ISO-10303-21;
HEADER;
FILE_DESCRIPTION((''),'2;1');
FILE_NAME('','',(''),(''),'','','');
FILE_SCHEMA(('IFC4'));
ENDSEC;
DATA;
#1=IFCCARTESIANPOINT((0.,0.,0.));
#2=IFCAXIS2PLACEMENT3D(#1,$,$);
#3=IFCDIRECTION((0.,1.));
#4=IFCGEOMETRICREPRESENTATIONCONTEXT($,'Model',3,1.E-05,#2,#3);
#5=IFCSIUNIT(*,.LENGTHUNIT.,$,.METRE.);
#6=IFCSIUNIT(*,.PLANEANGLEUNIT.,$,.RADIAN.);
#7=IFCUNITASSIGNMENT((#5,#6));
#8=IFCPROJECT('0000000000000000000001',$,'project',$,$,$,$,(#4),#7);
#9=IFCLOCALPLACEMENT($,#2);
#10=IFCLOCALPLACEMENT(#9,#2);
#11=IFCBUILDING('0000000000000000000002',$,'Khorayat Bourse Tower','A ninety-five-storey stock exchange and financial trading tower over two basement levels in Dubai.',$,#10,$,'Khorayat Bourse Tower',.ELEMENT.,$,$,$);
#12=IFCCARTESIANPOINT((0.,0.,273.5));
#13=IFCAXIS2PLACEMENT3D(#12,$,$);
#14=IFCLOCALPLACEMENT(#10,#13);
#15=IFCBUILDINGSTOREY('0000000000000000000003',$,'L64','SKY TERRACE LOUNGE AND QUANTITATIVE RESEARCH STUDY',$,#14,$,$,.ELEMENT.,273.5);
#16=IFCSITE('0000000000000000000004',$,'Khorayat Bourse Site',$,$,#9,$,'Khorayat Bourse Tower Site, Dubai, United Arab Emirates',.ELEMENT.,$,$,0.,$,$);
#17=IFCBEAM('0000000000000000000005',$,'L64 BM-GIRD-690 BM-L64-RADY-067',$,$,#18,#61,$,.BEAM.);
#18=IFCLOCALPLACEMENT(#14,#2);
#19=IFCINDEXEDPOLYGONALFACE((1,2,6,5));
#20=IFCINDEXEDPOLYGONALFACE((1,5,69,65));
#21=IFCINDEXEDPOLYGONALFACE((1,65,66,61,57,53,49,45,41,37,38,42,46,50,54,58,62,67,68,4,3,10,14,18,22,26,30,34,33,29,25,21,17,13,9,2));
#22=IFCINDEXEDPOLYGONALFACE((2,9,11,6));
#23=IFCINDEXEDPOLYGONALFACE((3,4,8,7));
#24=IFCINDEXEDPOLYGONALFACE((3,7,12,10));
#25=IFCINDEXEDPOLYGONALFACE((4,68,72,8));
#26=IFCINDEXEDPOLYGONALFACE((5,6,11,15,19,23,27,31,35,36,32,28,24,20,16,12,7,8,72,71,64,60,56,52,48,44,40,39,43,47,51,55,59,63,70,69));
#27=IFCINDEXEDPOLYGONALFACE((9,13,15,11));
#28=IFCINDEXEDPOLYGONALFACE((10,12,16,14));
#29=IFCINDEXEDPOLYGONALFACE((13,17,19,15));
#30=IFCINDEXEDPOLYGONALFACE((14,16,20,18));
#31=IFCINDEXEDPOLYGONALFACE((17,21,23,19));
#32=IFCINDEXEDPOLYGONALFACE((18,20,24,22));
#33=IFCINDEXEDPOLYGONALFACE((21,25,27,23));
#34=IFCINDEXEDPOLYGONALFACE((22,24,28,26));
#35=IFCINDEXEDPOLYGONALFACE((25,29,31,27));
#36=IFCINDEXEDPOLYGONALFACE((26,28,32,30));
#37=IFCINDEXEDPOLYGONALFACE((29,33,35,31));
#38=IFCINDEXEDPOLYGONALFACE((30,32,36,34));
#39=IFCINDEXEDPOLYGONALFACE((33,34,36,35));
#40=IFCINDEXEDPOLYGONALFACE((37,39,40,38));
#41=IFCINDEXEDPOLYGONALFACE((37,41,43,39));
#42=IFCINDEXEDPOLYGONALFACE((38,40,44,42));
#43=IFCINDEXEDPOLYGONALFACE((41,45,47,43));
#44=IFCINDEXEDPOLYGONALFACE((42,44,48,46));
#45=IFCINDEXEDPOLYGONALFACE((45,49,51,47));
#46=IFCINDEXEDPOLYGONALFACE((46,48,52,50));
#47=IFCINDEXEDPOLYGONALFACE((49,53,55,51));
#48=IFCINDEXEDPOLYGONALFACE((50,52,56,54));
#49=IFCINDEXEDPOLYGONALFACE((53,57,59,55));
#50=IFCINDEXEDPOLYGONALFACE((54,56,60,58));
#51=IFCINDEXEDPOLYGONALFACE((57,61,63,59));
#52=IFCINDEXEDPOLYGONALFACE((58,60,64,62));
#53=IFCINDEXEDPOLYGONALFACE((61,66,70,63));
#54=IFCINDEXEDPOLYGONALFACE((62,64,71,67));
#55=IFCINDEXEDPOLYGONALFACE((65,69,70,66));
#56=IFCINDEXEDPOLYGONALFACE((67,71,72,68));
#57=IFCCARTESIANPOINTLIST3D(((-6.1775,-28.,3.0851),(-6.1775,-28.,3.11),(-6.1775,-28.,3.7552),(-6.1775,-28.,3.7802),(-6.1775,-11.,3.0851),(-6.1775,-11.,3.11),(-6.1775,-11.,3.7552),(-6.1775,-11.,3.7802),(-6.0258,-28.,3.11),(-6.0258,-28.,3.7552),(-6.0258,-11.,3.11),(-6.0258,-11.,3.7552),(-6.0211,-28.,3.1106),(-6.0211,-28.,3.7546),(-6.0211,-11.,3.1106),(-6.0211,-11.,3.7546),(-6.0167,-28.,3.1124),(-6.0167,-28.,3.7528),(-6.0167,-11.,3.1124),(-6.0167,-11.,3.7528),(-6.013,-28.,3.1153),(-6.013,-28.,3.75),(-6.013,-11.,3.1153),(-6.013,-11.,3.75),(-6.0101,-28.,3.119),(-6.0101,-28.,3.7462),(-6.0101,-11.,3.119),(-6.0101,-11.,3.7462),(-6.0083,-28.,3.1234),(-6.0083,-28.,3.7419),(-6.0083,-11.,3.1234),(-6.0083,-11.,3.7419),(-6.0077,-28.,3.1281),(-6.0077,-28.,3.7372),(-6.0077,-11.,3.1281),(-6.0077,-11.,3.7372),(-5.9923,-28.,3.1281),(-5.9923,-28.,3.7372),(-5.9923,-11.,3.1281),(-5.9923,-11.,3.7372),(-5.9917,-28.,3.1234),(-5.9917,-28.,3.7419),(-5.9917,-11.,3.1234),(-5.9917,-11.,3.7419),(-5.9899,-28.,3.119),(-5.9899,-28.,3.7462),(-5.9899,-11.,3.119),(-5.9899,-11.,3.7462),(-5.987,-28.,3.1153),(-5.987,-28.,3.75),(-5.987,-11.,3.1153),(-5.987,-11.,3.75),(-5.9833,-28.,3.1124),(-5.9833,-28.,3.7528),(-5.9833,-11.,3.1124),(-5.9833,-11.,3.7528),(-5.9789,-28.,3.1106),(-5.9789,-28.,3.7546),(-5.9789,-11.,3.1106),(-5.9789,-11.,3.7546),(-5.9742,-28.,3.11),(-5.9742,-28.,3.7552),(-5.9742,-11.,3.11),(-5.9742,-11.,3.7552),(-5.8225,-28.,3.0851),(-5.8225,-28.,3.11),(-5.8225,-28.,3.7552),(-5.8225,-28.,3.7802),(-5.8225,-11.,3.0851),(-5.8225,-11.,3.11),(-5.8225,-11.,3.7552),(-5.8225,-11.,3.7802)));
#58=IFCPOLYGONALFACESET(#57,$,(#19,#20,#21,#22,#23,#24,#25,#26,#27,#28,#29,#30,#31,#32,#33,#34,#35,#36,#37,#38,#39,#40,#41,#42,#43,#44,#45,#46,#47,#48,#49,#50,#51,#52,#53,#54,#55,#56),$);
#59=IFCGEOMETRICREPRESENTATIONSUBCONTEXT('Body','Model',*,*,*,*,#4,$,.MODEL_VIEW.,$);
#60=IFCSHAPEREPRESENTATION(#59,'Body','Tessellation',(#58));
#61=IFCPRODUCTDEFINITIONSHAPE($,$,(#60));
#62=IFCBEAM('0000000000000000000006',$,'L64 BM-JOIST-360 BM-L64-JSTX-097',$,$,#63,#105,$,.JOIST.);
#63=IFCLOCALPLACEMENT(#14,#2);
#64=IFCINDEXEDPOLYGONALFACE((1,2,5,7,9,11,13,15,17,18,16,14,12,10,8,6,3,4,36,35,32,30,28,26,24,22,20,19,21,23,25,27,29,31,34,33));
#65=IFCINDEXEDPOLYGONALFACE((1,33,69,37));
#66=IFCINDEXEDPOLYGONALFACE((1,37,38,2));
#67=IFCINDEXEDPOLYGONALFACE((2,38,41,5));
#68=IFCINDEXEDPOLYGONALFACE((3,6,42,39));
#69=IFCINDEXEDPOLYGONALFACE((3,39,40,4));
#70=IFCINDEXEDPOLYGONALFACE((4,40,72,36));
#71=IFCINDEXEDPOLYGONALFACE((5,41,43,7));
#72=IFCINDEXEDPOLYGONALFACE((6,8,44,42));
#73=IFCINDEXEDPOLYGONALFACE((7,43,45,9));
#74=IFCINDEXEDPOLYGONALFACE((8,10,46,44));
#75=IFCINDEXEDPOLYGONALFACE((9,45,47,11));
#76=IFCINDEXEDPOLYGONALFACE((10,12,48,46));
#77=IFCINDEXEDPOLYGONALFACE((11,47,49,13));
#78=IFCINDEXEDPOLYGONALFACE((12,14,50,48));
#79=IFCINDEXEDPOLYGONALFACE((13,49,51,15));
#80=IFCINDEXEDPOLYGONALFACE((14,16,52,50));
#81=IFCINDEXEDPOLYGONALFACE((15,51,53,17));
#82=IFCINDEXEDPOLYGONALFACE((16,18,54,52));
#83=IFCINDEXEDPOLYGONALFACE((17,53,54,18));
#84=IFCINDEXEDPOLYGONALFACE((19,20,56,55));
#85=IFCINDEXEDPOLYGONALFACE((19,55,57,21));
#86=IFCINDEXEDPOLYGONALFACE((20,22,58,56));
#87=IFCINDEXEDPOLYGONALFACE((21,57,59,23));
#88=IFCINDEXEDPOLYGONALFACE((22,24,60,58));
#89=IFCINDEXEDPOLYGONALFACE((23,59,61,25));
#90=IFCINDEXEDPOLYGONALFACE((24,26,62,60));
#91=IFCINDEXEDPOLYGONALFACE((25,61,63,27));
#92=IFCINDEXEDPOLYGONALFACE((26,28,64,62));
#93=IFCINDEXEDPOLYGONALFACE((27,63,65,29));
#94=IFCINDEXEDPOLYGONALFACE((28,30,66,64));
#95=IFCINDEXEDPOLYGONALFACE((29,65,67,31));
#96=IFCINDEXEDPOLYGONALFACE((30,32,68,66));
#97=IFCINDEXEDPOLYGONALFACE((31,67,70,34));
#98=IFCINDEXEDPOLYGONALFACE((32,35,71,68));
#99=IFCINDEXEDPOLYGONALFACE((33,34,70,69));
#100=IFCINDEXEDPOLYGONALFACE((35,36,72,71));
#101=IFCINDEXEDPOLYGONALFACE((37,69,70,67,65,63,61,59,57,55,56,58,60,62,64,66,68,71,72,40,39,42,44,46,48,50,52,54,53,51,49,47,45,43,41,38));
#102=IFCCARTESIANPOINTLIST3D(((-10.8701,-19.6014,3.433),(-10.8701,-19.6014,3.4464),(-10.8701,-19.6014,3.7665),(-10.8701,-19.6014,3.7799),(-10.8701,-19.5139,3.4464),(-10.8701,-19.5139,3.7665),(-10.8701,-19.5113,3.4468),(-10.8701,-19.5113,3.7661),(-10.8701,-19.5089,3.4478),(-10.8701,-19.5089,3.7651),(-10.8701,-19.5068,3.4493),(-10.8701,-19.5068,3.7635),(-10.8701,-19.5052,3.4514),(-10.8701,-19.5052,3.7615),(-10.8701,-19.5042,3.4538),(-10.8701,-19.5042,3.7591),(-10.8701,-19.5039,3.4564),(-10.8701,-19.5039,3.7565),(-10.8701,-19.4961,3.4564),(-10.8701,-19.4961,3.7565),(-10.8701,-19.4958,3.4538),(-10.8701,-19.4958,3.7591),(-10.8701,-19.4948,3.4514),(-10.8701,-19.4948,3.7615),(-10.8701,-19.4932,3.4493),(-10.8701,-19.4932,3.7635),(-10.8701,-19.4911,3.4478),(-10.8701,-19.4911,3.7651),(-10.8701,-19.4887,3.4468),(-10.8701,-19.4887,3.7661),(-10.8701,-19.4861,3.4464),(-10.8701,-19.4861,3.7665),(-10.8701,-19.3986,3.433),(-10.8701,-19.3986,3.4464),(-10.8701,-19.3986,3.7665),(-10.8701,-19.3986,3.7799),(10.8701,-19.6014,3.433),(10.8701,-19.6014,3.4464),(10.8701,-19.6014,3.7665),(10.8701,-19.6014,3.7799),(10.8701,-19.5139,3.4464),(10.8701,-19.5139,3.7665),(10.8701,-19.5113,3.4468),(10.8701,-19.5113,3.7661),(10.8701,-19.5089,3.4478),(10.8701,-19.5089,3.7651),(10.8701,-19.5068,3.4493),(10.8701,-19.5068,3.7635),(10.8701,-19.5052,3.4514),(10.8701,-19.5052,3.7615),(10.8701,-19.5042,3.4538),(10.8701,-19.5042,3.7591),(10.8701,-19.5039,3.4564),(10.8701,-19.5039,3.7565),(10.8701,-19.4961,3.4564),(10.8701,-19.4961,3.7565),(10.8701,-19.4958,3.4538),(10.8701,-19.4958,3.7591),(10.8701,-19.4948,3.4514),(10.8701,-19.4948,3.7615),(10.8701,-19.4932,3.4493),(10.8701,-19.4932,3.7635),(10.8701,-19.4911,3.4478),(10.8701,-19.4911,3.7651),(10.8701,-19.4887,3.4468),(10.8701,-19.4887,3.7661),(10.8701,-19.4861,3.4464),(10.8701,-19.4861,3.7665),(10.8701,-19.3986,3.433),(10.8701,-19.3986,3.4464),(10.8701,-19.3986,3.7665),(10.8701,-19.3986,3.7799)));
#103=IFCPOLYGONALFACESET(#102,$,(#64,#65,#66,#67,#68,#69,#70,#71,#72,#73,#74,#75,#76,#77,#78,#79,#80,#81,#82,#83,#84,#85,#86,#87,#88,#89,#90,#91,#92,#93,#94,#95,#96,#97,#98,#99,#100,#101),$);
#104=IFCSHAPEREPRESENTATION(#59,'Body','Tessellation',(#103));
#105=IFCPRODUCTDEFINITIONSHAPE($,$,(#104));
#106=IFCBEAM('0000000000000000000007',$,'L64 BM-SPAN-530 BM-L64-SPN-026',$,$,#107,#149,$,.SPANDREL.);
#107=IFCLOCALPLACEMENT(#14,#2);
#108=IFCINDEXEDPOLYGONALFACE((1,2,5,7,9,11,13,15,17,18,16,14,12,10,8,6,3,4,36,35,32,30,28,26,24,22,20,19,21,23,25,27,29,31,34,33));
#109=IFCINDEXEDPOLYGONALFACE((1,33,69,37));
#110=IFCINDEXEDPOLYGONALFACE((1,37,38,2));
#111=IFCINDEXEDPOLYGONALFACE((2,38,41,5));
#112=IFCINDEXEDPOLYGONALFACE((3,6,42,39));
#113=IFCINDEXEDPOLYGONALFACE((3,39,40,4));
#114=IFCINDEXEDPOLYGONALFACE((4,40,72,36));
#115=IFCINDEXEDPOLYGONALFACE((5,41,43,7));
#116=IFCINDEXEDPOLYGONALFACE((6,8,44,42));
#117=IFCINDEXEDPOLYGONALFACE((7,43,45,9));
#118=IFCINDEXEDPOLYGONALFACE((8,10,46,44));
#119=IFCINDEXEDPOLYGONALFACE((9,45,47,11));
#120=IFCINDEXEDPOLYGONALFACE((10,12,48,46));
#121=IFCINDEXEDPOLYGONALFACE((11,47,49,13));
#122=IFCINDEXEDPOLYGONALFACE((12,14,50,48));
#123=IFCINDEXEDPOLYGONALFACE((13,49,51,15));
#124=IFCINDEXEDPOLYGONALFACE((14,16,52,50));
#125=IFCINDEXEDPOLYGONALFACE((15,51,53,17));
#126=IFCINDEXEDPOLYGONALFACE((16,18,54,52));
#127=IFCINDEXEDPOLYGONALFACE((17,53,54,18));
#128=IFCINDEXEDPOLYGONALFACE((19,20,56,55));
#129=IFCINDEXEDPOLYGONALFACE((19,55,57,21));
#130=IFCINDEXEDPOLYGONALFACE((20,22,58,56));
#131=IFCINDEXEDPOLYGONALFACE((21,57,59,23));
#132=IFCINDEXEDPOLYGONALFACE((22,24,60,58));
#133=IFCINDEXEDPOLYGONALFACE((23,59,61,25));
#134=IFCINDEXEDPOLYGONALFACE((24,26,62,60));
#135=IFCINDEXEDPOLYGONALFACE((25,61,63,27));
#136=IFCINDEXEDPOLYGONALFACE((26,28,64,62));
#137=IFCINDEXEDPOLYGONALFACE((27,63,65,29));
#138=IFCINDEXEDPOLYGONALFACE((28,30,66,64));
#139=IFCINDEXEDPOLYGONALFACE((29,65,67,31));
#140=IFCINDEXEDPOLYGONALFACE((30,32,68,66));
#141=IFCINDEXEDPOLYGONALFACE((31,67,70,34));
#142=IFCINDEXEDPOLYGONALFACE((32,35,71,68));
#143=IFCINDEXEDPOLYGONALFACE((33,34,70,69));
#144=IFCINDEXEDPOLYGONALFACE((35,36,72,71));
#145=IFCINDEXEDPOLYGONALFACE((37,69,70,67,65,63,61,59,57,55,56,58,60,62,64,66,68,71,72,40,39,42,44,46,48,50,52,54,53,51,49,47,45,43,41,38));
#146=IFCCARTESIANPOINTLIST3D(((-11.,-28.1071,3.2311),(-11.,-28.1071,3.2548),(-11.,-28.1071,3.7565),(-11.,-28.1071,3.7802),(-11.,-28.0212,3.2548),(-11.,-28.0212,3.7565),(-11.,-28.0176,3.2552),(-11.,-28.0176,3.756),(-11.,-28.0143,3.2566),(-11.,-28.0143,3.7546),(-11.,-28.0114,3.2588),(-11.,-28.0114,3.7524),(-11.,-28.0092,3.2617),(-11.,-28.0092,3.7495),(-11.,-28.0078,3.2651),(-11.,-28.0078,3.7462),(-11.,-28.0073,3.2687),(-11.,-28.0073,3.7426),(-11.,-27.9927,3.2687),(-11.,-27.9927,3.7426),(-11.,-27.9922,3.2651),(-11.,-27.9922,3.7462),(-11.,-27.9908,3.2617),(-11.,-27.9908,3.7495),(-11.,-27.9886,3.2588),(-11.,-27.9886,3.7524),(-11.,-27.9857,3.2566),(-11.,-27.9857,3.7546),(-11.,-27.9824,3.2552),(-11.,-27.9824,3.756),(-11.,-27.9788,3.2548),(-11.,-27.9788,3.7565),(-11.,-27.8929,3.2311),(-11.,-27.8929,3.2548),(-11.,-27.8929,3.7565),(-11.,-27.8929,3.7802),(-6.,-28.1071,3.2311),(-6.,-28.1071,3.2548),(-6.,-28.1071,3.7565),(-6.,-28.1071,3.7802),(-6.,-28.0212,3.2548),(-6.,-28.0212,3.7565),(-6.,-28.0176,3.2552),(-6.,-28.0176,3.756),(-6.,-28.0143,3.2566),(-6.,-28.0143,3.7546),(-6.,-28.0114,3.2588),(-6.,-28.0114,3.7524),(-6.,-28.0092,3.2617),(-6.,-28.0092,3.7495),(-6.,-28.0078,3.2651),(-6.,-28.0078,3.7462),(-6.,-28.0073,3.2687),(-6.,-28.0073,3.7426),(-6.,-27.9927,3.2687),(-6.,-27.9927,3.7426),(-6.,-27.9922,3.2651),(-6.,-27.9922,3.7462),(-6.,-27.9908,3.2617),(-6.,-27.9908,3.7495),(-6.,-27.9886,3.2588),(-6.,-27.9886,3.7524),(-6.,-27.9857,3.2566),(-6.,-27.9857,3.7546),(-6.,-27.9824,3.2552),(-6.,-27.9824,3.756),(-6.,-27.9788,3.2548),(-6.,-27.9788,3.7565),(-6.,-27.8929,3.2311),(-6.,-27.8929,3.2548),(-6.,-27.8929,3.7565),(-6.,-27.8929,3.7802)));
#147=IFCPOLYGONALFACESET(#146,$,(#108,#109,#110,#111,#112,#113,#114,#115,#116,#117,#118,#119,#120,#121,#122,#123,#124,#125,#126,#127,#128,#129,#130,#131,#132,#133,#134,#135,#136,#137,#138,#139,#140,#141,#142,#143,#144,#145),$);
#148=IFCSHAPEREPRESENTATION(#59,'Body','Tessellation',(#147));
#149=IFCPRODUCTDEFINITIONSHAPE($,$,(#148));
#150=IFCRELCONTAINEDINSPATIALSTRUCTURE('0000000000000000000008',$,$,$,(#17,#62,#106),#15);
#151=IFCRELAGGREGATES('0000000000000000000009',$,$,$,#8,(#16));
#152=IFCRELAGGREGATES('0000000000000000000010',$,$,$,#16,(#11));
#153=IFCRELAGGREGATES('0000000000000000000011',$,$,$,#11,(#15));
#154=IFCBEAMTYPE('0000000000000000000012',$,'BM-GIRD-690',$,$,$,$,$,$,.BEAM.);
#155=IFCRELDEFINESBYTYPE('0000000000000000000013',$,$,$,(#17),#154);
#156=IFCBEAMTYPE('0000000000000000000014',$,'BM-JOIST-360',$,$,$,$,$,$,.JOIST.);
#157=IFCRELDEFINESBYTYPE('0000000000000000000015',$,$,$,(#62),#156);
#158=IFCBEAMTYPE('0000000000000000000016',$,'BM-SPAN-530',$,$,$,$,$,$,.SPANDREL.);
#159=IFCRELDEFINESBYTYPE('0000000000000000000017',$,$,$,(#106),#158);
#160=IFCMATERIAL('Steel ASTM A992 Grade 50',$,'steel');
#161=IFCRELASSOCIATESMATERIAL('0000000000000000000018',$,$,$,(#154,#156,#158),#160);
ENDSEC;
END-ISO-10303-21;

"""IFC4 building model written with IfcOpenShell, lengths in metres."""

from ifc_helpers import new_model, si_unit, direction, frame, origin, origin_2d, place, context, subcontext, project, spatial, i_section, extrude, source, transform, mapped, material, material_profile, profile_set, type_object, element, save


model = new_model("IFC4")

# Units and contexts
model_context = context("Model", 3, precision=1e-05, world=origin(), true_north=direction((0.0, 1.0)))
body_context = subcontext(model_context, "Body", "Model", "MODEL_VIEW")
ifc_project = project(units=[si_unit("LENGTHUNIT", "METRE"), si_unit("PLANEANGLEUNIT", "RADIAN")], contexts=[model_context])

# Site, building, storey
site_placement = place(None, origin())
site = spatial("IfcSite", under=ifc_project, at=site_placement, Name="Khorayat Bourse Site", LongName="Khorayat Bourse Tower Site, Dubai, United Arab Emirates", CompositionType="ELEMENT", RefElevation=0.0)
building_placement = place(site_placement, origin())
building = spatial("IfcBuilding", under=site, at=building_placement, Name="Khorayat Bourse Tower", Description="A ninety-five-storey stock exchange and financial trading tower over two basement levels in Dubai.", LongName="Khorayat Bourse Tower", CompositionType="ELEMENT")
storey_placement = place(building_placement, frame((0.0, 0.0, 273.5)))
storey = spatial("IfcBuildingStorey", under=building, at=storey_placement, Name="L64", Description="SKY TERRACE LOUNGE AND QUANTITATIVE RESEARCH STUDY", CompositionType="ELEMENT", Elevation=273.5)

# Shared definitions
ifc_material_1 = material(Name="Steel ASTM A992 Grade 50", Category="steel")

# Beams
ifc_material_profile_1 = material_profile(ifc_material_1, i_section(OverallWidth=0.355, OverallDepth=0.6951, WebThickness=0.0154, FlangeThickness=0.0249, FilletRadius=0.0181, at=origin_2d()), Name="W690X217")
ifc_profile_set_1 = profile_set([ifc_material_profile_1], Name="Steel ASTM A992 Grade 50")
beam_type_1 = type_object("IfcBeamType", Name="BM-GIRD-690", PredefinedType="BEAM", material=ifc_profile_set_1)
shared_shape_1 = source(origin(), body_context, "Body", "SweptSolid", [
    extrude(i_section(OverallWidth=0.355, OverallDepth=0.6951, WebThickness=0.0154, FlangeThickness=0.0249, FilletRadius=0.0181, at=origin_2d()), origin(), (0.0, 0.0, 1.0), 17.0),
])
for number, where, z_axis, x_axis, name in (
    (1, (-6.0, -28.0, 3.4326), (0.0, 1.0, 0.0), (-1.0, 0.0, 0.0), "L64 BM-GIRD-690 BM-L64-RADY-067"),
):
    element("IfcBeam", number, at=place(storey_placement, frame(where, z_axis=z_axis, x_axis=x_axis)), inside=storey, type_object=beam_type_1, Name=name, PredefinedType="BEAM", context=body_context, shape_type="MappedRepresentation", body=[
        mapped(shared_shape_1, transform((0.0, 0.0, 0.0), scale=1.0)),
    ])
ifc_material_profile_2 = material_profile(ifc_material_1, i_section(OverallWidth=0.2029, OverallDepth=0.3469, WebThickness=0.0078, FlangeThickness=0.0134, FilletRadius=0.01, at=origin_2d()), Name="W360X64")
ifc_profile_set_2 = profile_set([ifc_material_profile_2], Name="Steel ASTM A992 Grade 50")
beam_type_2 = type_object("IfcBeamType", Name="BM-JOIST-360", PredefinedType="JOIST", material=ifc_profile_set_2)
shared_shape_2 = source(origin(), body_context, "Body", "SweptSolid", [
    extrude(i_section(OverallWidth=0.2029, OverallDepth=0.3469, WebThickness=0.0078, FlangeThickness=0.0134, FilletRadius=0.01, at=origin_2d()), origin(), (0.0, 0.0, 1.0), 21.7402),
])
beam_1_placement = place(storey_placement, frame((-10.8701, -19.5, 3.6064), z_axis=(1.0, 0.0, 0.0), x_axis=(0.0, 1.0, 0.0)))
element("IfcBeam", 2, at=beam_1_placement, inside=storey, type_object=beam_type_2, Name="L64 BM-JOIST-360 BM-L64-JSTX-097", PredefinedType="JOIST", context=body_context, shape_type="MappedRepresentation", body=[
    mapped(shared_shape_2, transform((0.0, 0.0, 0.0), scale=1.0)),
])
ifc_material_profile_3 = material_profile(ifc_material_1, i_section(OverallWidth=0.2141, OverallDepth=0.5491, WebThickness=0.0146, FlangeThickness=0.0237, FilletRadius=0.0139, at=origin_2d()), Name="W530X138")
ifc_profile_set_3 = profile_set([ifc_material_profile_3], Name="Steel ASTM A992 Grade 50")
beam_type_3 = type_object("IfcBeamType", Name="BM-SPAN-530", PredefinedType="SPANDREL", material=ifc_profile_set_3)
shared_shape_3 = source(origin(), body_context, "Body", "SweptSolid", [
    extrude(i_section(OverallWidth=0.2141, OverallDepth=0.5491, WebThickness=0.0146, FlangeThickness=0.0237, FilletRadius=0.0139, at=origin_2d()), origin(), (0.0, 0.0, 1.0), 5.0),
])
beam_2_placement = place(storey_placement, frame((-11.0, -28.0, 3.5056), z_axis=(1.0, 0.0, 0.0), x_axis=(0.0, 1.0, 0.0)))
element("IfcBeam", 3, at=beam_2_placement, inside=storey, type_object=beam_type_3, Name="L64 BM-SPAN-530 BM-L64-SPN-026", PredefinedType="SPANDREL", context=body_context, shape_type="MappedRepresentation", body=[
    mapped(shared_shape_3, transform((0.0, 0.0, 0.0), scale=1.0)),
])

save(model, "model.ifc")
